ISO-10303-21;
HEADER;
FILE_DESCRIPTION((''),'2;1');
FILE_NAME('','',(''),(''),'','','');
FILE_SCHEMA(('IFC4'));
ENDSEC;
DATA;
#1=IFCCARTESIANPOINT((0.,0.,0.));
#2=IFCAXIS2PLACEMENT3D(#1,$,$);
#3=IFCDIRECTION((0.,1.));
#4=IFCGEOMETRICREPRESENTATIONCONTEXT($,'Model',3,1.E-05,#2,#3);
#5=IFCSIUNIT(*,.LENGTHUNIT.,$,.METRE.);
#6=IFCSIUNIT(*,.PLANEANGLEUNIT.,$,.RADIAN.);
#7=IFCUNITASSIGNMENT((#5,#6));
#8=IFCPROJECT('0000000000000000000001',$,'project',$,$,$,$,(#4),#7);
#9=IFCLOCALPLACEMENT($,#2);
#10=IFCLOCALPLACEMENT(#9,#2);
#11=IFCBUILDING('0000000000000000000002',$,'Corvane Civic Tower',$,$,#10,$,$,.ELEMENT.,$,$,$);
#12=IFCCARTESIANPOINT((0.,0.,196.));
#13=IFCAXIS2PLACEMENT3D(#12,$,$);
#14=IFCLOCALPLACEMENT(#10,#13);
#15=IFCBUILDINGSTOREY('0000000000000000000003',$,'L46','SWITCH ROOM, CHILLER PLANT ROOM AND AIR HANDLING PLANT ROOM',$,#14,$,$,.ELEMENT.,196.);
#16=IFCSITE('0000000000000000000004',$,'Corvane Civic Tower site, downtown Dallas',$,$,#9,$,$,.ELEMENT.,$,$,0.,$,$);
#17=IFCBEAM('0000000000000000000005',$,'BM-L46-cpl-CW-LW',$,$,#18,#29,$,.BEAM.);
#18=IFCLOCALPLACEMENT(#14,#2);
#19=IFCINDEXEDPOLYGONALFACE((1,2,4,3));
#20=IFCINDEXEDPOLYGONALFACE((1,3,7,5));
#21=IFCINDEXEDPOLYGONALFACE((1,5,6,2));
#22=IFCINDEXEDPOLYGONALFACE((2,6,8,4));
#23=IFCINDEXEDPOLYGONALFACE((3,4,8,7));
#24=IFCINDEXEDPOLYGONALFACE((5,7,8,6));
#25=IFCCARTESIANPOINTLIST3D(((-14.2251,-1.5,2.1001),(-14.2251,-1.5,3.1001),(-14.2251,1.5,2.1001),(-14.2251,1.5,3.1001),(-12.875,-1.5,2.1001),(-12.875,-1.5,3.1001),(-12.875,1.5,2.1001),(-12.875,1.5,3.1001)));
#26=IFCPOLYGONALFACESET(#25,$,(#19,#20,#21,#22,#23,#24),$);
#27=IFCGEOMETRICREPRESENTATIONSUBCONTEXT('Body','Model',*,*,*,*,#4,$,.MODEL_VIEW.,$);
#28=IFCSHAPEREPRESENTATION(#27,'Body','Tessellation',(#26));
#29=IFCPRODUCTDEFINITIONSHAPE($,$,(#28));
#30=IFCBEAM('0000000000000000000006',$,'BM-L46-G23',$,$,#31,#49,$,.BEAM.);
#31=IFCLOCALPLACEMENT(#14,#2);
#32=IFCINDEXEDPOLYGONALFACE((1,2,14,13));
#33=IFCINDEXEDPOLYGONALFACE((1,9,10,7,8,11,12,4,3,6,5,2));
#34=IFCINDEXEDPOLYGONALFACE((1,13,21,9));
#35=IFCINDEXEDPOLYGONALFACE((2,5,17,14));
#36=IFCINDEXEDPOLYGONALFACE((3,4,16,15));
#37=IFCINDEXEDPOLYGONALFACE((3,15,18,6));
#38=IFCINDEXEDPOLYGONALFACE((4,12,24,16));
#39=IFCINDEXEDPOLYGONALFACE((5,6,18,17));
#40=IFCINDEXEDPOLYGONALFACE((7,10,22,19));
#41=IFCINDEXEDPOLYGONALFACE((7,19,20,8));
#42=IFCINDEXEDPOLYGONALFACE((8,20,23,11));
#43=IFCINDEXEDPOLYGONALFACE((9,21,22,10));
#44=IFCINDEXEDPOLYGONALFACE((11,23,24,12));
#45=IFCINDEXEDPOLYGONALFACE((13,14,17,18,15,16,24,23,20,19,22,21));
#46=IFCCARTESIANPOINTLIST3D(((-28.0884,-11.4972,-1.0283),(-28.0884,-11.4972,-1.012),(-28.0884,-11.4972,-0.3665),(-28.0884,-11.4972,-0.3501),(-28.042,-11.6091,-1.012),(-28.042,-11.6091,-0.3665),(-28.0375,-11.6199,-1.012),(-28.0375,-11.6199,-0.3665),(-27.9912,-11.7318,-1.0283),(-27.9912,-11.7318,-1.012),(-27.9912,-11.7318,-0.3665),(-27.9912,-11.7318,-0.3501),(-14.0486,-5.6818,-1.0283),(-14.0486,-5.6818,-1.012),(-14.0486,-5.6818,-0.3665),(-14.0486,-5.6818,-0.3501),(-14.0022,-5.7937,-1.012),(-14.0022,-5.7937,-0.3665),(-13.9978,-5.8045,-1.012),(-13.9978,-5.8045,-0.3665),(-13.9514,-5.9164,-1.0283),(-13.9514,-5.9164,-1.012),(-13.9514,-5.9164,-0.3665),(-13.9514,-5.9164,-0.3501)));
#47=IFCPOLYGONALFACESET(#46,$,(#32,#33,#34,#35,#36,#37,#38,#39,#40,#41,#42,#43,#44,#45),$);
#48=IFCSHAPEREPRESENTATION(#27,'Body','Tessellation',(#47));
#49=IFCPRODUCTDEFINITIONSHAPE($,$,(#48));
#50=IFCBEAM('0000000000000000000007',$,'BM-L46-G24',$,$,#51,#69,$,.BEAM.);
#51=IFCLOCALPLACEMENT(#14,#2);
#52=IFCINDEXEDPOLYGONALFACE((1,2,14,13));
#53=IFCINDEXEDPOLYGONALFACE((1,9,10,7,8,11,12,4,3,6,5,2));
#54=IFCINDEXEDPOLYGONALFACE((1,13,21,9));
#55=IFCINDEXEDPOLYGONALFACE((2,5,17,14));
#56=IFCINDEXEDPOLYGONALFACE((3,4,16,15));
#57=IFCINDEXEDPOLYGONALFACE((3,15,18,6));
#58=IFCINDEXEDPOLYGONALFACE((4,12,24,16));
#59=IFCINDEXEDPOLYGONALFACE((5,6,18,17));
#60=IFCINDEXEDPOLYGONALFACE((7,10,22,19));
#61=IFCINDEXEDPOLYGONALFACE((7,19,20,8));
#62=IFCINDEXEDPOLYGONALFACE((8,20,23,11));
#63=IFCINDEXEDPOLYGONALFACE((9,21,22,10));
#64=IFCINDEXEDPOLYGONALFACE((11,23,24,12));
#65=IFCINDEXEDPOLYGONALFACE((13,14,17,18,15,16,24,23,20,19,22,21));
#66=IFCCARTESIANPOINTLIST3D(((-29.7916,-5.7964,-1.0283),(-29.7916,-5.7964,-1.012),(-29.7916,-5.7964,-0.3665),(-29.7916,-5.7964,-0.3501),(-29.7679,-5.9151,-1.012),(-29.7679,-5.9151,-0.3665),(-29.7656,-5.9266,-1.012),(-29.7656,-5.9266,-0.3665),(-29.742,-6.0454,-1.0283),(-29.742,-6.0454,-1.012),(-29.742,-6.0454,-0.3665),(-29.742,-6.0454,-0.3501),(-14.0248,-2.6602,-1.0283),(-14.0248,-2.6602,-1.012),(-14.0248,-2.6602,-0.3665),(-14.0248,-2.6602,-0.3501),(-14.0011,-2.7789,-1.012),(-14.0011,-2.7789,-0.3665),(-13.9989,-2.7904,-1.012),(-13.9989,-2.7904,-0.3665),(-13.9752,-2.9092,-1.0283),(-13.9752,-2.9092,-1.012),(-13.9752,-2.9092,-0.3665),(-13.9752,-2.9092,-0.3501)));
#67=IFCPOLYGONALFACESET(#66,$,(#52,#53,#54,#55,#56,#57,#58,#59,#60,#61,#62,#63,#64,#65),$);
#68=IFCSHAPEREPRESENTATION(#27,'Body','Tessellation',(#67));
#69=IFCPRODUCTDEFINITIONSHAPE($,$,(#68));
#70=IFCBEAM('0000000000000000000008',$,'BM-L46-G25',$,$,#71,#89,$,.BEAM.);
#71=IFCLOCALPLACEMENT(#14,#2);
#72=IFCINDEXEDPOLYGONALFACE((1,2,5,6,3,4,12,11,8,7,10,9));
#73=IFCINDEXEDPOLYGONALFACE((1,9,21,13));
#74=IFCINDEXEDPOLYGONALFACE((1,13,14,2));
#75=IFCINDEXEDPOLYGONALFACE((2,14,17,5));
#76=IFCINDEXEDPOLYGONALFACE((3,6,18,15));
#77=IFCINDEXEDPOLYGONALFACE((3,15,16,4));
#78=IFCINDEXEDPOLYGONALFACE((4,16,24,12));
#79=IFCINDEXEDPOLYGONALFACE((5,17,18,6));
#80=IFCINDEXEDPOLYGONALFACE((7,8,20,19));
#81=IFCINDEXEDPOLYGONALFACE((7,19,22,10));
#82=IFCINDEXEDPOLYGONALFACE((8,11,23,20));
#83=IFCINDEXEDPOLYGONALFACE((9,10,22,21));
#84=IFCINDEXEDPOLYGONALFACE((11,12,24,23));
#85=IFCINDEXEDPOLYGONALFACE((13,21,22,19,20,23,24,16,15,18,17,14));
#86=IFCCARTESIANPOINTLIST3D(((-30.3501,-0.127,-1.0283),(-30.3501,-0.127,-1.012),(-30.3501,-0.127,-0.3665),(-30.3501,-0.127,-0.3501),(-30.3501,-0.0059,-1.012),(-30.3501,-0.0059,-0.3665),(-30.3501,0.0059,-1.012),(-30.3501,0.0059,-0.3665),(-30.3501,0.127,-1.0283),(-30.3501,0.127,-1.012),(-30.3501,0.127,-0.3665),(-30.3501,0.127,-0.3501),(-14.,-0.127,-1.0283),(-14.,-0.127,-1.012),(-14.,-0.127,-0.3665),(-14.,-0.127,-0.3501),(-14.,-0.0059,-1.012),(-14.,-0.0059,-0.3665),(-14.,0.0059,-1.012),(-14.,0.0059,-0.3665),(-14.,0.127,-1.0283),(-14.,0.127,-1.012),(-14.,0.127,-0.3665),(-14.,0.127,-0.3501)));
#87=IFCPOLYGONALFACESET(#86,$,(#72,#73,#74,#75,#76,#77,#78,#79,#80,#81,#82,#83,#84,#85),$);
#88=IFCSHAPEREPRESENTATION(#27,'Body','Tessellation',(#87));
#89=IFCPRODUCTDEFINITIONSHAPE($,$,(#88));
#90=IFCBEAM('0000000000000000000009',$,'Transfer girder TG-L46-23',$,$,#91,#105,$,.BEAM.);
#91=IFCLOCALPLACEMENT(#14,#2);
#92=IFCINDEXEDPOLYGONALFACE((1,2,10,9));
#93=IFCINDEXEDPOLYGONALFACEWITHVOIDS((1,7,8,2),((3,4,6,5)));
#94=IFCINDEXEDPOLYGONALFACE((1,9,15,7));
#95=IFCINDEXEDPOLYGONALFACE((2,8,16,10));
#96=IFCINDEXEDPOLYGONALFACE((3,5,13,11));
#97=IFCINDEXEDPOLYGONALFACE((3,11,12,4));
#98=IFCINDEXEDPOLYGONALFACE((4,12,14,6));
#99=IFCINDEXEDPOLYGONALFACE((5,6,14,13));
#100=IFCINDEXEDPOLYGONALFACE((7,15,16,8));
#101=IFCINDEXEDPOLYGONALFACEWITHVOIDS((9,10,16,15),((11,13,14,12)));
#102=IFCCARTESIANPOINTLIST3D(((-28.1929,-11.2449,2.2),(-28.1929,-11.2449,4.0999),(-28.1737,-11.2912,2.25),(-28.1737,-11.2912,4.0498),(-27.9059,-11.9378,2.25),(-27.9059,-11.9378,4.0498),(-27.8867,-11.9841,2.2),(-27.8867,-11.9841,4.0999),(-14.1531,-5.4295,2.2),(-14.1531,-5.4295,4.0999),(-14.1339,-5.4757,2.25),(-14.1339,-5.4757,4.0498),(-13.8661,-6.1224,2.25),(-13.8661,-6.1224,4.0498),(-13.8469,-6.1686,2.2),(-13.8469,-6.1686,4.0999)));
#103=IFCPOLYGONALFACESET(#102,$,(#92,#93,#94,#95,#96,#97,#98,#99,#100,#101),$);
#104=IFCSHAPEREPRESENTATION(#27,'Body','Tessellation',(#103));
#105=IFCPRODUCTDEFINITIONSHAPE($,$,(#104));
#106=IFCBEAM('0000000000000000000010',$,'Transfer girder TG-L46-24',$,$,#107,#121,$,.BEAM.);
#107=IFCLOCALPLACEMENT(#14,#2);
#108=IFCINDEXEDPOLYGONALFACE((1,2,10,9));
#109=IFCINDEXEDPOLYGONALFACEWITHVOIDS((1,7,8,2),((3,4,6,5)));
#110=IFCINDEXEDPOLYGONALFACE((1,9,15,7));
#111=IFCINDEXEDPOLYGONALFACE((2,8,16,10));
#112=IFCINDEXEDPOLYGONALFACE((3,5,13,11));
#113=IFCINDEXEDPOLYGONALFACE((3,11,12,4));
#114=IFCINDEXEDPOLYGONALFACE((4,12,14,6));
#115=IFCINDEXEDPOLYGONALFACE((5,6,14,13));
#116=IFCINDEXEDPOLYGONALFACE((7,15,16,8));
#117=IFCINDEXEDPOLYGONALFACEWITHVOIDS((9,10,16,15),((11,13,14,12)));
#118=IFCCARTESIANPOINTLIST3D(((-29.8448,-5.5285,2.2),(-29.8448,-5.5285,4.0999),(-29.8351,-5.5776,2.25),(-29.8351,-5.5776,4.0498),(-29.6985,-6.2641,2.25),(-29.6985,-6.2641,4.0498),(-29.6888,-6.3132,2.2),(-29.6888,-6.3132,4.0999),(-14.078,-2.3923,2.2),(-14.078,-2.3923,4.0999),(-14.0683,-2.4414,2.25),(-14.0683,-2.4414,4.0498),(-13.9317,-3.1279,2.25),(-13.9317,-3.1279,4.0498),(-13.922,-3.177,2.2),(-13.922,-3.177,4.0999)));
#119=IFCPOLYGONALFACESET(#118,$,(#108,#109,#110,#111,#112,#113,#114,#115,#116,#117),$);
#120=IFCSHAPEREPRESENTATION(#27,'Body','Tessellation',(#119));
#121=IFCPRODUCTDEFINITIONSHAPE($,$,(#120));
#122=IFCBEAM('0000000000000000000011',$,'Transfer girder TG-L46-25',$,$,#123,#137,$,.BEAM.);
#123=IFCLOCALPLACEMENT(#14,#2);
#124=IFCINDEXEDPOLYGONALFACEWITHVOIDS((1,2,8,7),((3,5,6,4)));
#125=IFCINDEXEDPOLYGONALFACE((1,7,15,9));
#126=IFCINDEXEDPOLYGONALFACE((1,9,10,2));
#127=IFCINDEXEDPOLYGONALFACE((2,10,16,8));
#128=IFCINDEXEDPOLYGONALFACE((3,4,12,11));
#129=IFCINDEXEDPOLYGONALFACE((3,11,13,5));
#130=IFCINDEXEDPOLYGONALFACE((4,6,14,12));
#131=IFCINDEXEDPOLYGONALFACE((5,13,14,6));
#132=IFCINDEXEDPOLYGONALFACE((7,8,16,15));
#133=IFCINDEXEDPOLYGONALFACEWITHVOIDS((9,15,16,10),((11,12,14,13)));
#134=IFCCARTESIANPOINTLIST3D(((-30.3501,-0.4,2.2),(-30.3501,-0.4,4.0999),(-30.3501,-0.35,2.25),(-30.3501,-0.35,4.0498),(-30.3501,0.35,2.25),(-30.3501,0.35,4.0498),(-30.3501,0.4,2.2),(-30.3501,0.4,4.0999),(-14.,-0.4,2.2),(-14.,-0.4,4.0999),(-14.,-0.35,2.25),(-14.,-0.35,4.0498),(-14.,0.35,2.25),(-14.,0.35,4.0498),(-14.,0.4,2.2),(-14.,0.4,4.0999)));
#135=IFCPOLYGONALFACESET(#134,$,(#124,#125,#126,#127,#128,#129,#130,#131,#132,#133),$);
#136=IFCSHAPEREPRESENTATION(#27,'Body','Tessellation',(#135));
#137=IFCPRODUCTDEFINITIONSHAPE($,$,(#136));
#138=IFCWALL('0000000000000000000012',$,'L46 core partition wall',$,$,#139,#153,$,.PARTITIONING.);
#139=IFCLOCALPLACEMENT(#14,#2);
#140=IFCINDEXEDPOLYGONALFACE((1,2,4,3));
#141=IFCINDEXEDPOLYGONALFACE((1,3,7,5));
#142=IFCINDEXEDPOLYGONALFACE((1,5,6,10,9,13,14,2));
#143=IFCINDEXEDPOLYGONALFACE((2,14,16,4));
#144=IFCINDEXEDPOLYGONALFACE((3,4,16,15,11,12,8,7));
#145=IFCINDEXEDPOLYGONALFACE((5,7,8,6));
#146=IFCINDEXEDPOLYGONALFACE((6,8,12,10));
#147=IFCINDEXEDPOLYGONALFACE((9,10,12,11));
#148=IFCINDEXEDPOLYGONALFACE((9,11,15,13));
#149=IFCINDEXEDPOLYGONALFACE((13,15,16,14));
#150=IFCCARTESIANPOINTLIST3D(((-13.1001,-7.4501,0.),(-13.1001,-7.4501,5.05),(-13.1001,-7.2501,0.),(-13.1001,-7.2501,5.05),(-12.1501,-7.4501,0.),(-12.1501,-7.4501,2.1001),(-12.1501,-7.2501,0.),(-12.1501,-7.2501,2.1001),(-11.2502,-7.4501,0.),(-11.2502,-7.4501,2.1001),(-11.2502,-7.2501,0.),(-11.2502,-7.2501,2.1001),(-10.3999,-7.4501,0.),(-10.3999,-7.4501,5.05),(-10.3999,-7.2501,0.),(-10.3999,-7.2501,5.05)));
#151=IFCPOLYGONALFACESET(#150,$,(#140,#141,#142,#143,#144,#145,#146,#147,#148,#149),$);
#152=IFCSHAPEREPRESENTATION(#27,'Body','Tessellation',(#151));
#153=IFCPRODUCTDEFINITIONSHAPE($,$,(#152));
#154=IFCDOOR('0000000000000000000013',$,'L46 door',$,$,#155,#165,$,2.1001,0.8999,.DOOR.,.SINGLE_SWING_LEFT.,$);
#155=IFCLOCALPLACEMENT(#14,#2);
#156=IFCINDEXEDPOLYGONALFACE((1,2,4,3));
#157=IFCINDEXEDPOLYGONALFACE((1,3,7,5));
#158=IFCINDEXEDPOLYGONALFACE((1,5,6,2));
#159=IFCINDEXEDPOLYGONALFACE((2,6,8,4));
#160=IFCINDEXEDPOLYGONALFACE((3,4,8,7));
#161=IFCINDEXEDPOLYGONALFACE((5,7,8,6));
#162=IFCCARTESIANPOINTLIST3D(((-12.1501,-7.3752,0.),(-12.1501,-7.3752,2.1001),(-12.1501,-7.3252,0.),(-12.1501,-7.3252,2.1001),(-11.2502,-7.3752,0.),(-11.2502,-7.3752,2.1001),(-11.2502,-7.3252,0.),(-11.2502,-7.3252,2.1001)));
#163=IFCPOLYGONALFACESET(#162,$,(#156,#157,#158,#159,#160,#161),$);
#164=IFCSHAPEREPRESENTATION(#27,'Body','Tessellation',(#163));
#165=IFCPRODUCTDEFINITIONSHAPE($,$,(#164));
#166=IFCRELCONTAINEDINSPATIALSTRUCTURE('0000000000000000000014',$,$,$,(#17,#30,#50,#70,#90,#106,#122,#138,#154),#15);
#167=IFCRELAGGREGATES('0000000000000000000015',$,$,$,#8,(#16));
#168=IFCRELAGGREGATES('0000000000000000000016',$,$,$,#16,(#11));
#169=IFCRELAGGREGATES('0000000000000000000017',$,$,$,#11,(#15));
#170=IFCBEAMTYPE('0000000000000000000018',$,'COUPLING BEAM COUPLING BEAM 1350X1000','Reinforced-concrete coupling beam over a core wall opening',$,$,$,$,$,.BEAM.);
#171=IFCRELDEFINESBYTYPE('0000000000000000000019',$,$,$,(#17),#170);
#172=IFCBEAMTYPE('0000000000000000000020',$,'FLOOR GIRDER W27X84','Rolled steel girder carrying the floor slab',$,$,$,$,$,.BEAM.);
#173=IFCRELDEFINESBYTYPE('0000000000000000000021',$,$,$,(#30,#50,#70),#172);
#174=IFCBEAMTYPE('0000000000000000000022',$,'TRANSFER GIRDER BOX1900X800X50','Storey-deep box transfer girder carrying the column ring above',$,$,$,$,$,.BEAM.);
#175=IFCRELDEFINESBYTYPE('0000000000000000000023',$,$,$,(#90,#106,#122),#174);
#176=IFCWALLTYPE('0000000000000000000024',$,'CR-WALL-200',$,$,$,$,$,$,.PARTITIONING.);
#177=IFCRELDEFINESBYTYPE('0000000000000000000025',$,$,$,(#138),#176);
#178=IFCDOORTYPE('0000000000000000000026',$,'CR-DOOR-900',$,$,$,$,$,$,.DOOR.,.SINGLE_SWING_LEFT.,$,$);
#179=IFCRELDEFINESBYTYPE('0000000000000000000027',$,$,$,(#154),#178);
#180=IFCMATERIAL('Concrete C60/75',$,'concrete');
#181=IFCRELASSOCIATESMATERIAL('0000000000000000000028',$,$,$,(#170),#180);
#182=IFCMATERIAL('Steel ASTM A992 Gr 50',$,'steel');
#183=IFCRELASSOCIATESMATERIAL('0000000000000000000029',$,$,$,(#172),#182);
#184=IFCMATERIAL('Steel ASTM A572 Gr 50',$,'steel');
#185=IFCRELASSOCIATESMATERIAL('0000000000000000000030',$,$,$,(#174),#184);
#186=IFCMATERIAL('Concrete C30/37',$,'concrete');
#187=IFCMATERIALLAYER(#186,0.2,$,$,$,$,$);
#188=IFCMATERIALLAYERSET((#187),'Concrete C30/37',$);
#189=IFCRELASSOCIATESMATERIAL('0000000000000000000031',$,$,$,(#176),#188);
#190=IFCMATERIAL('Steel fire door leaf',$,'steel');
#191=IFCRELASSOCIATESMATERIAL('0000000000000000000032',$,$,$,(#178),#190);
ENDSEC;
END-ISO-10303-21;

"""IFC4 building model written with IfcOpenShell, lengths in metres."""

from ifc_helpers import new_model, si_unit, direction, frame, frame_2d, origin, origin_2d, place, context, subcontext, project, spatial, rectangle, hollow_rectangle, i_section, extrude, material, layer, layer_set, material_profile, profile_set, type_object, element, fill, save


model = new_model("IFC4")

# Units and contexts
model_context = context("Model", 3, precision=1e-05, world=origin(), true_north=direction((0.0, 1.0)))
body_context = subcontext(model_context, "Body", "Model", "MODEL_VIEW")
ifc_project = project(units=[si_unit("LENGTHUNIT", "METRE"), si_unit("PLANEANGLEUNIT", "RADIAN")], contexts=[model_context])

# Site, building, storey
site_placement = place(None, origin())
site = spatial("IfcSite", under=ifc_project, at=site_placement, Name="Corvane Civic Tower site, downtown Dallas", CompositionType="ELEMENT", RefElevation=0.0)
building_placement = place(site_placement, origin())
building = spatial("IfcBuilding", under=site, at=building_placement, Name="Corvane Civic Tower", CompositionType="ELEMENT")
storey_placement = place(building_placement, frame((0.0, 0.0, 196.0)))
storey = spatial("IfcBuildingStorey", under=building, at=storey_placement, Name="L46", Description="SWITCH ROOM, CHILLER PLANT ROOM AND AIR HANDLING PLANT ROOM", CompositionType="ELEMENT", Elevation=196.0)

# Beams
ifc_material_1 = material(Name="Concrete C60/75", Category="concrete")
ifc_material_profile_1 = material_profile(ifc_material_1, rectangle(XDim=1.3501, YDim=1.0, at=origin_2d()), Name="COUPLING BEAM 1350X1000")
ifc_profile_set_1 = profile_set([ifc_material_profile_1], Name="Concrete C60/75")
beam_type_1 = type_object("IfcBeamType", Name="COUPLING BEAM COUPLING BEAM 1350X1000", Description="Reinforced-concrete coupling beam over a core wall opening", PredefinedType="BEAM", material=ifc_profile_set_1)
beam_1_placement = place(storey_placement, frame((-13.55, -1.5, 2.6001), z_axis=(0.0, 1.0, 0.0), x_axis=(-1.0, 0.0, 0.0)))
element("IfcBeam", 1, at=beam_1_placement, inside=storey, type_object=beam_type_1, Name="BM-L46-cpl-CW-LW", PredefinedType="BEAM", context=body_context, shape_type="SweptSolid", body=[
    extrude(rectangle(XDim=1.3501, YDim=1.0, at=origin_2d()), origin(), (0.0, 0.0, 1.0), 3.0),
])
ifc_material_2 = material(Name="Steel ASTM A992 Gr 50", Category="steel")
ifc_material_profile_2 = material_profile(ifc_material_2, i_section(OverallWidth=0.2539, OverallDepth=0.6782, WebThickness=0.0117, FlangeThickness=0.0164, at=origin_2d()), Name="W27X84")
ifc_profile_set_2 = profile_set([ifc_material_profile_2], Name="Steel ASTM A992 Gr 50")
beam_type_2 = type_object("IfcBeamType", Name="FLOOR GIRDER W27X84", Description="Rolled steel girder carrying the floor slab", PredefinedType="BEAM", material=ifc_profile_set_2)
beam_2_placement = place(storey_placement, frame((-14.0, -5.7991, -0.6892), z_axis=(-0.923881, -0.382681, 0.0), x_axis=(0.382681, -0.923881, 0.0)))
element("IfcBeam", 2, at=beam_2_placement, inside=storey, type_object=beam_type_2, Name="BM-L46-G23", PredefinedType="BEAM", context=body_context, shape_type="SweptSolid", body=[
    extrude(i_section(OverallWidth=0.2539, OverallDepth=0.6782, WebThickness=0.0117, FlangeThickness=0.0164, at=origin_2d()), origin(), (0.0, 0.0, 1.0), 15.1965),
])
beam_3_placement = place(storey_placement, frame((-14.0, -2.7847, -0.6892), z_axis=(-0.980785, -0.195091, 0.0), x_axis=(0.195091, -0.980785, 0.0)))
element("IfcBeam", 3, at=beam_3_placement, inside=storey, type_object=beam_type_2, Name="BM-L46-G24", PredefinedType="BEAM", context=body_context, shape_type="SweptSolid", body=[
    extrude(i_section(OverallWidth=0.2539, OverallDepth=0.6782, WebThickness=0.0117, FlangeThickness=0.0164, at=origin_2d()), origin(), (0.0, 0.0, 1.0), 16.0757),
])
beam_4_placement = place(storey_placement, frame((-14.0, 0.0, -0.6892), z_axis=(-1.0, 0.0, 0.0), x_axis=(0.0, -1.0, 0.0)))
element("IfcBeam", 4, at=beam_4_placement, inside=storey, type_object=beam_type_2, Name="BM-L46-G25", PredefinedType="BEAM", context=body_context, shape_type="SweptSolid", body=[
    extrude(i_section(OverallWidth=0.2539, OverallDepth=0.6782, WebThickness=0.0117, FlangeThickness=0.0164, at=origin_2d()), origin(), (0.0, 0.0, 1.0), 16.3501),
])
ifc_material_3 = material(Name="Steel ASTM A572 Gr 50", Category="steel")
ifc_material_profile_3 = material_profile(ifc_material_3, hollow_rectangle(XDim=0.8, YDim=1.8999, WallThickness=0.05, at=origin_2d()), Name="BOX1900X800X50")
ifc_profile_set_3 = profile_set([ifc_material_profile_3], Name="Steel ASTM A572 Gr 50")
beam_type_3 = type_object("IfcBeamType", Name="TRANSFER GIRDER BOX1900X800X50", Description="Storey-deep box transfer girder carrying the column ring above", PredefinedType="BEAM", material=ifc_profile_set_3)
beam_5_placement = place(storey_placement, frame((-14.0, -5.7991, 3.1499), z_axis=(-0.923881, -0.382681, 0.0), x_axis=(0.382681, -0.923881, 0.0)))
element("IfcBeam", 5, at=beam_5_placement, inside=storey, type_object=beam_type_3, Name="Transfer girder TG-L46-23", PredefinedType="BEAM", context=body_context, shape_type="SweptSolid", body=[
    extrude(hollow_rectangle(XDim=0.8, YDim=1.8999, WallThickness=0.05, at=origin_2d()), origin(), (0.0, 0.0, 1.0), 15.1965),
])
beam_6_placement = place(storey_placement, frame((-14.0, -2.7847, 3.1499), z_axis=(-0.980785, -0.195091, 0.0), x_axis=(0.195091, -0.980785, 0.0)))
element("IfcBeam", 6, at=beam_6_placement, inside=storey, type_object=beam_type_3, Name="Transfer girder TG-L46-24", PredefinedType="BEAM", context=body_context, shape_type="SweptSolid", body=[
    extrude(hollow_rectangle(XDim=0.8, YDim=1.8999, WallThickness=0.05, at=origin_2d()), origin(), (0.0, 0.0, 1.0), 16.0757),
])
beam_7_placement = place(storey_placement, frame((-14.0, 0.0, 3.1499), z_axis=(-1.0, 0.0, 0.0), x_axis=(0.0, -1.0, 0.0)))
element("IfcBeam", 7, at=beam_7_placement, inside=storey, type_object=beam_type_3, Name="Transfer girder TG-L46-25", PredefinedType="BEAM", context=body_context, shape_type="SweptSolid", body=[
    extrude(hollow_rectangle(XDim=0.8, YDim=1.8999, WallThickness=0.05, at=origin_2d()), origin(), (0.0, 0.0, 1.0), 16.3501),
])

# Wall, opening, door
ifc_material_4 = material(Name="Concrete C30/37", Category="concrete")
ifc_layer_1 = layer(ifc_material_4, 0.2)
ifc_layer_set_1 = layer_set([ifc_layer_1], Name="Concrete C30/37")
wall_type_1 = type_object("IfcWallType", Name="CR-WALL-200", PredefinedType="PARTITIONING", material=ifc_layer_set_1)
wall_1_placement = place(storey_placement, frame((-13.1001, -7.3501, 0.0), z_axis=(0.0, 0.0, 1.0), x_axis=(1.0, 0.0, 0.0)))
wall_1 = element("IfcWall", 8, at=wall_1_placement, inside=storey, type_object=wall_type_1, Name="L46 core partition wall", PredefinedType="PARTITIONING", context=body_context, shape_type="SweptSolid", body=[
    extrude(rectangle(XDim=2.7002, YDim=0.2, at=frame_2d((1.3501, 0.0))), origin(), (0.0, 0.0, 1.0), 5.05),
])
opening_1_placement = place(wall_1_placement, frame((0.95, 0.0, 0.0)))
opening_1 = element("IfcOpeningElement", 9, at=opening_1_placement, cuts=wall_1, PredefinedType="OPENING", context=body_context, shape_type="SweptSolid", body=[
    extrude(rectangle(XDim=0.8999, YDim=2.1001, at=frame_2d((0.45, 1.05))), frame((0.0, 0.1099, 0.0), z_axis=(0.0, -1.0, 0.0), x_axis=(1.0, 0.0, 0.0)), (0.0, 0.0, 1.0), 0.22),
])
ifc_material_5 = material(Name="Steel fire door leaf", Category="steel")
door_type_1 = type_object("IfcDoorType", Name="CR-DOOR-900", OperationType="SINGLE_SWING_LEFT", PredefinedType="DOOR", material=ifc_material_5)
door_1_placement = place(opening_1_placement, origin())
door_1 = element("IfcDoor", 10, at=door_1_placement, inside=storey, type_object=door_type_1, Name="L46 door", OperationType="SINGLE_SWING_LEFT", OverallHeight=2.1001, OverallWidth=0.8999, PredefinedType="DOOR", context=body_context, shape_type="SweptSolid", body=[
    extrude(rectangle(XDim=0.8999, YDim=2.1001, at=frame_2d((0.45, 1.05))), frame((0.0, 0.0249, 0.0), z_axis=(0.0, -1.0, 0.0), x_axis=(1.0, 0.0, 0.0)), (0.0, 0.0, 1.0), 0.05),
])
fill(opening_1, door_1)

save(model, "model.ifc")
